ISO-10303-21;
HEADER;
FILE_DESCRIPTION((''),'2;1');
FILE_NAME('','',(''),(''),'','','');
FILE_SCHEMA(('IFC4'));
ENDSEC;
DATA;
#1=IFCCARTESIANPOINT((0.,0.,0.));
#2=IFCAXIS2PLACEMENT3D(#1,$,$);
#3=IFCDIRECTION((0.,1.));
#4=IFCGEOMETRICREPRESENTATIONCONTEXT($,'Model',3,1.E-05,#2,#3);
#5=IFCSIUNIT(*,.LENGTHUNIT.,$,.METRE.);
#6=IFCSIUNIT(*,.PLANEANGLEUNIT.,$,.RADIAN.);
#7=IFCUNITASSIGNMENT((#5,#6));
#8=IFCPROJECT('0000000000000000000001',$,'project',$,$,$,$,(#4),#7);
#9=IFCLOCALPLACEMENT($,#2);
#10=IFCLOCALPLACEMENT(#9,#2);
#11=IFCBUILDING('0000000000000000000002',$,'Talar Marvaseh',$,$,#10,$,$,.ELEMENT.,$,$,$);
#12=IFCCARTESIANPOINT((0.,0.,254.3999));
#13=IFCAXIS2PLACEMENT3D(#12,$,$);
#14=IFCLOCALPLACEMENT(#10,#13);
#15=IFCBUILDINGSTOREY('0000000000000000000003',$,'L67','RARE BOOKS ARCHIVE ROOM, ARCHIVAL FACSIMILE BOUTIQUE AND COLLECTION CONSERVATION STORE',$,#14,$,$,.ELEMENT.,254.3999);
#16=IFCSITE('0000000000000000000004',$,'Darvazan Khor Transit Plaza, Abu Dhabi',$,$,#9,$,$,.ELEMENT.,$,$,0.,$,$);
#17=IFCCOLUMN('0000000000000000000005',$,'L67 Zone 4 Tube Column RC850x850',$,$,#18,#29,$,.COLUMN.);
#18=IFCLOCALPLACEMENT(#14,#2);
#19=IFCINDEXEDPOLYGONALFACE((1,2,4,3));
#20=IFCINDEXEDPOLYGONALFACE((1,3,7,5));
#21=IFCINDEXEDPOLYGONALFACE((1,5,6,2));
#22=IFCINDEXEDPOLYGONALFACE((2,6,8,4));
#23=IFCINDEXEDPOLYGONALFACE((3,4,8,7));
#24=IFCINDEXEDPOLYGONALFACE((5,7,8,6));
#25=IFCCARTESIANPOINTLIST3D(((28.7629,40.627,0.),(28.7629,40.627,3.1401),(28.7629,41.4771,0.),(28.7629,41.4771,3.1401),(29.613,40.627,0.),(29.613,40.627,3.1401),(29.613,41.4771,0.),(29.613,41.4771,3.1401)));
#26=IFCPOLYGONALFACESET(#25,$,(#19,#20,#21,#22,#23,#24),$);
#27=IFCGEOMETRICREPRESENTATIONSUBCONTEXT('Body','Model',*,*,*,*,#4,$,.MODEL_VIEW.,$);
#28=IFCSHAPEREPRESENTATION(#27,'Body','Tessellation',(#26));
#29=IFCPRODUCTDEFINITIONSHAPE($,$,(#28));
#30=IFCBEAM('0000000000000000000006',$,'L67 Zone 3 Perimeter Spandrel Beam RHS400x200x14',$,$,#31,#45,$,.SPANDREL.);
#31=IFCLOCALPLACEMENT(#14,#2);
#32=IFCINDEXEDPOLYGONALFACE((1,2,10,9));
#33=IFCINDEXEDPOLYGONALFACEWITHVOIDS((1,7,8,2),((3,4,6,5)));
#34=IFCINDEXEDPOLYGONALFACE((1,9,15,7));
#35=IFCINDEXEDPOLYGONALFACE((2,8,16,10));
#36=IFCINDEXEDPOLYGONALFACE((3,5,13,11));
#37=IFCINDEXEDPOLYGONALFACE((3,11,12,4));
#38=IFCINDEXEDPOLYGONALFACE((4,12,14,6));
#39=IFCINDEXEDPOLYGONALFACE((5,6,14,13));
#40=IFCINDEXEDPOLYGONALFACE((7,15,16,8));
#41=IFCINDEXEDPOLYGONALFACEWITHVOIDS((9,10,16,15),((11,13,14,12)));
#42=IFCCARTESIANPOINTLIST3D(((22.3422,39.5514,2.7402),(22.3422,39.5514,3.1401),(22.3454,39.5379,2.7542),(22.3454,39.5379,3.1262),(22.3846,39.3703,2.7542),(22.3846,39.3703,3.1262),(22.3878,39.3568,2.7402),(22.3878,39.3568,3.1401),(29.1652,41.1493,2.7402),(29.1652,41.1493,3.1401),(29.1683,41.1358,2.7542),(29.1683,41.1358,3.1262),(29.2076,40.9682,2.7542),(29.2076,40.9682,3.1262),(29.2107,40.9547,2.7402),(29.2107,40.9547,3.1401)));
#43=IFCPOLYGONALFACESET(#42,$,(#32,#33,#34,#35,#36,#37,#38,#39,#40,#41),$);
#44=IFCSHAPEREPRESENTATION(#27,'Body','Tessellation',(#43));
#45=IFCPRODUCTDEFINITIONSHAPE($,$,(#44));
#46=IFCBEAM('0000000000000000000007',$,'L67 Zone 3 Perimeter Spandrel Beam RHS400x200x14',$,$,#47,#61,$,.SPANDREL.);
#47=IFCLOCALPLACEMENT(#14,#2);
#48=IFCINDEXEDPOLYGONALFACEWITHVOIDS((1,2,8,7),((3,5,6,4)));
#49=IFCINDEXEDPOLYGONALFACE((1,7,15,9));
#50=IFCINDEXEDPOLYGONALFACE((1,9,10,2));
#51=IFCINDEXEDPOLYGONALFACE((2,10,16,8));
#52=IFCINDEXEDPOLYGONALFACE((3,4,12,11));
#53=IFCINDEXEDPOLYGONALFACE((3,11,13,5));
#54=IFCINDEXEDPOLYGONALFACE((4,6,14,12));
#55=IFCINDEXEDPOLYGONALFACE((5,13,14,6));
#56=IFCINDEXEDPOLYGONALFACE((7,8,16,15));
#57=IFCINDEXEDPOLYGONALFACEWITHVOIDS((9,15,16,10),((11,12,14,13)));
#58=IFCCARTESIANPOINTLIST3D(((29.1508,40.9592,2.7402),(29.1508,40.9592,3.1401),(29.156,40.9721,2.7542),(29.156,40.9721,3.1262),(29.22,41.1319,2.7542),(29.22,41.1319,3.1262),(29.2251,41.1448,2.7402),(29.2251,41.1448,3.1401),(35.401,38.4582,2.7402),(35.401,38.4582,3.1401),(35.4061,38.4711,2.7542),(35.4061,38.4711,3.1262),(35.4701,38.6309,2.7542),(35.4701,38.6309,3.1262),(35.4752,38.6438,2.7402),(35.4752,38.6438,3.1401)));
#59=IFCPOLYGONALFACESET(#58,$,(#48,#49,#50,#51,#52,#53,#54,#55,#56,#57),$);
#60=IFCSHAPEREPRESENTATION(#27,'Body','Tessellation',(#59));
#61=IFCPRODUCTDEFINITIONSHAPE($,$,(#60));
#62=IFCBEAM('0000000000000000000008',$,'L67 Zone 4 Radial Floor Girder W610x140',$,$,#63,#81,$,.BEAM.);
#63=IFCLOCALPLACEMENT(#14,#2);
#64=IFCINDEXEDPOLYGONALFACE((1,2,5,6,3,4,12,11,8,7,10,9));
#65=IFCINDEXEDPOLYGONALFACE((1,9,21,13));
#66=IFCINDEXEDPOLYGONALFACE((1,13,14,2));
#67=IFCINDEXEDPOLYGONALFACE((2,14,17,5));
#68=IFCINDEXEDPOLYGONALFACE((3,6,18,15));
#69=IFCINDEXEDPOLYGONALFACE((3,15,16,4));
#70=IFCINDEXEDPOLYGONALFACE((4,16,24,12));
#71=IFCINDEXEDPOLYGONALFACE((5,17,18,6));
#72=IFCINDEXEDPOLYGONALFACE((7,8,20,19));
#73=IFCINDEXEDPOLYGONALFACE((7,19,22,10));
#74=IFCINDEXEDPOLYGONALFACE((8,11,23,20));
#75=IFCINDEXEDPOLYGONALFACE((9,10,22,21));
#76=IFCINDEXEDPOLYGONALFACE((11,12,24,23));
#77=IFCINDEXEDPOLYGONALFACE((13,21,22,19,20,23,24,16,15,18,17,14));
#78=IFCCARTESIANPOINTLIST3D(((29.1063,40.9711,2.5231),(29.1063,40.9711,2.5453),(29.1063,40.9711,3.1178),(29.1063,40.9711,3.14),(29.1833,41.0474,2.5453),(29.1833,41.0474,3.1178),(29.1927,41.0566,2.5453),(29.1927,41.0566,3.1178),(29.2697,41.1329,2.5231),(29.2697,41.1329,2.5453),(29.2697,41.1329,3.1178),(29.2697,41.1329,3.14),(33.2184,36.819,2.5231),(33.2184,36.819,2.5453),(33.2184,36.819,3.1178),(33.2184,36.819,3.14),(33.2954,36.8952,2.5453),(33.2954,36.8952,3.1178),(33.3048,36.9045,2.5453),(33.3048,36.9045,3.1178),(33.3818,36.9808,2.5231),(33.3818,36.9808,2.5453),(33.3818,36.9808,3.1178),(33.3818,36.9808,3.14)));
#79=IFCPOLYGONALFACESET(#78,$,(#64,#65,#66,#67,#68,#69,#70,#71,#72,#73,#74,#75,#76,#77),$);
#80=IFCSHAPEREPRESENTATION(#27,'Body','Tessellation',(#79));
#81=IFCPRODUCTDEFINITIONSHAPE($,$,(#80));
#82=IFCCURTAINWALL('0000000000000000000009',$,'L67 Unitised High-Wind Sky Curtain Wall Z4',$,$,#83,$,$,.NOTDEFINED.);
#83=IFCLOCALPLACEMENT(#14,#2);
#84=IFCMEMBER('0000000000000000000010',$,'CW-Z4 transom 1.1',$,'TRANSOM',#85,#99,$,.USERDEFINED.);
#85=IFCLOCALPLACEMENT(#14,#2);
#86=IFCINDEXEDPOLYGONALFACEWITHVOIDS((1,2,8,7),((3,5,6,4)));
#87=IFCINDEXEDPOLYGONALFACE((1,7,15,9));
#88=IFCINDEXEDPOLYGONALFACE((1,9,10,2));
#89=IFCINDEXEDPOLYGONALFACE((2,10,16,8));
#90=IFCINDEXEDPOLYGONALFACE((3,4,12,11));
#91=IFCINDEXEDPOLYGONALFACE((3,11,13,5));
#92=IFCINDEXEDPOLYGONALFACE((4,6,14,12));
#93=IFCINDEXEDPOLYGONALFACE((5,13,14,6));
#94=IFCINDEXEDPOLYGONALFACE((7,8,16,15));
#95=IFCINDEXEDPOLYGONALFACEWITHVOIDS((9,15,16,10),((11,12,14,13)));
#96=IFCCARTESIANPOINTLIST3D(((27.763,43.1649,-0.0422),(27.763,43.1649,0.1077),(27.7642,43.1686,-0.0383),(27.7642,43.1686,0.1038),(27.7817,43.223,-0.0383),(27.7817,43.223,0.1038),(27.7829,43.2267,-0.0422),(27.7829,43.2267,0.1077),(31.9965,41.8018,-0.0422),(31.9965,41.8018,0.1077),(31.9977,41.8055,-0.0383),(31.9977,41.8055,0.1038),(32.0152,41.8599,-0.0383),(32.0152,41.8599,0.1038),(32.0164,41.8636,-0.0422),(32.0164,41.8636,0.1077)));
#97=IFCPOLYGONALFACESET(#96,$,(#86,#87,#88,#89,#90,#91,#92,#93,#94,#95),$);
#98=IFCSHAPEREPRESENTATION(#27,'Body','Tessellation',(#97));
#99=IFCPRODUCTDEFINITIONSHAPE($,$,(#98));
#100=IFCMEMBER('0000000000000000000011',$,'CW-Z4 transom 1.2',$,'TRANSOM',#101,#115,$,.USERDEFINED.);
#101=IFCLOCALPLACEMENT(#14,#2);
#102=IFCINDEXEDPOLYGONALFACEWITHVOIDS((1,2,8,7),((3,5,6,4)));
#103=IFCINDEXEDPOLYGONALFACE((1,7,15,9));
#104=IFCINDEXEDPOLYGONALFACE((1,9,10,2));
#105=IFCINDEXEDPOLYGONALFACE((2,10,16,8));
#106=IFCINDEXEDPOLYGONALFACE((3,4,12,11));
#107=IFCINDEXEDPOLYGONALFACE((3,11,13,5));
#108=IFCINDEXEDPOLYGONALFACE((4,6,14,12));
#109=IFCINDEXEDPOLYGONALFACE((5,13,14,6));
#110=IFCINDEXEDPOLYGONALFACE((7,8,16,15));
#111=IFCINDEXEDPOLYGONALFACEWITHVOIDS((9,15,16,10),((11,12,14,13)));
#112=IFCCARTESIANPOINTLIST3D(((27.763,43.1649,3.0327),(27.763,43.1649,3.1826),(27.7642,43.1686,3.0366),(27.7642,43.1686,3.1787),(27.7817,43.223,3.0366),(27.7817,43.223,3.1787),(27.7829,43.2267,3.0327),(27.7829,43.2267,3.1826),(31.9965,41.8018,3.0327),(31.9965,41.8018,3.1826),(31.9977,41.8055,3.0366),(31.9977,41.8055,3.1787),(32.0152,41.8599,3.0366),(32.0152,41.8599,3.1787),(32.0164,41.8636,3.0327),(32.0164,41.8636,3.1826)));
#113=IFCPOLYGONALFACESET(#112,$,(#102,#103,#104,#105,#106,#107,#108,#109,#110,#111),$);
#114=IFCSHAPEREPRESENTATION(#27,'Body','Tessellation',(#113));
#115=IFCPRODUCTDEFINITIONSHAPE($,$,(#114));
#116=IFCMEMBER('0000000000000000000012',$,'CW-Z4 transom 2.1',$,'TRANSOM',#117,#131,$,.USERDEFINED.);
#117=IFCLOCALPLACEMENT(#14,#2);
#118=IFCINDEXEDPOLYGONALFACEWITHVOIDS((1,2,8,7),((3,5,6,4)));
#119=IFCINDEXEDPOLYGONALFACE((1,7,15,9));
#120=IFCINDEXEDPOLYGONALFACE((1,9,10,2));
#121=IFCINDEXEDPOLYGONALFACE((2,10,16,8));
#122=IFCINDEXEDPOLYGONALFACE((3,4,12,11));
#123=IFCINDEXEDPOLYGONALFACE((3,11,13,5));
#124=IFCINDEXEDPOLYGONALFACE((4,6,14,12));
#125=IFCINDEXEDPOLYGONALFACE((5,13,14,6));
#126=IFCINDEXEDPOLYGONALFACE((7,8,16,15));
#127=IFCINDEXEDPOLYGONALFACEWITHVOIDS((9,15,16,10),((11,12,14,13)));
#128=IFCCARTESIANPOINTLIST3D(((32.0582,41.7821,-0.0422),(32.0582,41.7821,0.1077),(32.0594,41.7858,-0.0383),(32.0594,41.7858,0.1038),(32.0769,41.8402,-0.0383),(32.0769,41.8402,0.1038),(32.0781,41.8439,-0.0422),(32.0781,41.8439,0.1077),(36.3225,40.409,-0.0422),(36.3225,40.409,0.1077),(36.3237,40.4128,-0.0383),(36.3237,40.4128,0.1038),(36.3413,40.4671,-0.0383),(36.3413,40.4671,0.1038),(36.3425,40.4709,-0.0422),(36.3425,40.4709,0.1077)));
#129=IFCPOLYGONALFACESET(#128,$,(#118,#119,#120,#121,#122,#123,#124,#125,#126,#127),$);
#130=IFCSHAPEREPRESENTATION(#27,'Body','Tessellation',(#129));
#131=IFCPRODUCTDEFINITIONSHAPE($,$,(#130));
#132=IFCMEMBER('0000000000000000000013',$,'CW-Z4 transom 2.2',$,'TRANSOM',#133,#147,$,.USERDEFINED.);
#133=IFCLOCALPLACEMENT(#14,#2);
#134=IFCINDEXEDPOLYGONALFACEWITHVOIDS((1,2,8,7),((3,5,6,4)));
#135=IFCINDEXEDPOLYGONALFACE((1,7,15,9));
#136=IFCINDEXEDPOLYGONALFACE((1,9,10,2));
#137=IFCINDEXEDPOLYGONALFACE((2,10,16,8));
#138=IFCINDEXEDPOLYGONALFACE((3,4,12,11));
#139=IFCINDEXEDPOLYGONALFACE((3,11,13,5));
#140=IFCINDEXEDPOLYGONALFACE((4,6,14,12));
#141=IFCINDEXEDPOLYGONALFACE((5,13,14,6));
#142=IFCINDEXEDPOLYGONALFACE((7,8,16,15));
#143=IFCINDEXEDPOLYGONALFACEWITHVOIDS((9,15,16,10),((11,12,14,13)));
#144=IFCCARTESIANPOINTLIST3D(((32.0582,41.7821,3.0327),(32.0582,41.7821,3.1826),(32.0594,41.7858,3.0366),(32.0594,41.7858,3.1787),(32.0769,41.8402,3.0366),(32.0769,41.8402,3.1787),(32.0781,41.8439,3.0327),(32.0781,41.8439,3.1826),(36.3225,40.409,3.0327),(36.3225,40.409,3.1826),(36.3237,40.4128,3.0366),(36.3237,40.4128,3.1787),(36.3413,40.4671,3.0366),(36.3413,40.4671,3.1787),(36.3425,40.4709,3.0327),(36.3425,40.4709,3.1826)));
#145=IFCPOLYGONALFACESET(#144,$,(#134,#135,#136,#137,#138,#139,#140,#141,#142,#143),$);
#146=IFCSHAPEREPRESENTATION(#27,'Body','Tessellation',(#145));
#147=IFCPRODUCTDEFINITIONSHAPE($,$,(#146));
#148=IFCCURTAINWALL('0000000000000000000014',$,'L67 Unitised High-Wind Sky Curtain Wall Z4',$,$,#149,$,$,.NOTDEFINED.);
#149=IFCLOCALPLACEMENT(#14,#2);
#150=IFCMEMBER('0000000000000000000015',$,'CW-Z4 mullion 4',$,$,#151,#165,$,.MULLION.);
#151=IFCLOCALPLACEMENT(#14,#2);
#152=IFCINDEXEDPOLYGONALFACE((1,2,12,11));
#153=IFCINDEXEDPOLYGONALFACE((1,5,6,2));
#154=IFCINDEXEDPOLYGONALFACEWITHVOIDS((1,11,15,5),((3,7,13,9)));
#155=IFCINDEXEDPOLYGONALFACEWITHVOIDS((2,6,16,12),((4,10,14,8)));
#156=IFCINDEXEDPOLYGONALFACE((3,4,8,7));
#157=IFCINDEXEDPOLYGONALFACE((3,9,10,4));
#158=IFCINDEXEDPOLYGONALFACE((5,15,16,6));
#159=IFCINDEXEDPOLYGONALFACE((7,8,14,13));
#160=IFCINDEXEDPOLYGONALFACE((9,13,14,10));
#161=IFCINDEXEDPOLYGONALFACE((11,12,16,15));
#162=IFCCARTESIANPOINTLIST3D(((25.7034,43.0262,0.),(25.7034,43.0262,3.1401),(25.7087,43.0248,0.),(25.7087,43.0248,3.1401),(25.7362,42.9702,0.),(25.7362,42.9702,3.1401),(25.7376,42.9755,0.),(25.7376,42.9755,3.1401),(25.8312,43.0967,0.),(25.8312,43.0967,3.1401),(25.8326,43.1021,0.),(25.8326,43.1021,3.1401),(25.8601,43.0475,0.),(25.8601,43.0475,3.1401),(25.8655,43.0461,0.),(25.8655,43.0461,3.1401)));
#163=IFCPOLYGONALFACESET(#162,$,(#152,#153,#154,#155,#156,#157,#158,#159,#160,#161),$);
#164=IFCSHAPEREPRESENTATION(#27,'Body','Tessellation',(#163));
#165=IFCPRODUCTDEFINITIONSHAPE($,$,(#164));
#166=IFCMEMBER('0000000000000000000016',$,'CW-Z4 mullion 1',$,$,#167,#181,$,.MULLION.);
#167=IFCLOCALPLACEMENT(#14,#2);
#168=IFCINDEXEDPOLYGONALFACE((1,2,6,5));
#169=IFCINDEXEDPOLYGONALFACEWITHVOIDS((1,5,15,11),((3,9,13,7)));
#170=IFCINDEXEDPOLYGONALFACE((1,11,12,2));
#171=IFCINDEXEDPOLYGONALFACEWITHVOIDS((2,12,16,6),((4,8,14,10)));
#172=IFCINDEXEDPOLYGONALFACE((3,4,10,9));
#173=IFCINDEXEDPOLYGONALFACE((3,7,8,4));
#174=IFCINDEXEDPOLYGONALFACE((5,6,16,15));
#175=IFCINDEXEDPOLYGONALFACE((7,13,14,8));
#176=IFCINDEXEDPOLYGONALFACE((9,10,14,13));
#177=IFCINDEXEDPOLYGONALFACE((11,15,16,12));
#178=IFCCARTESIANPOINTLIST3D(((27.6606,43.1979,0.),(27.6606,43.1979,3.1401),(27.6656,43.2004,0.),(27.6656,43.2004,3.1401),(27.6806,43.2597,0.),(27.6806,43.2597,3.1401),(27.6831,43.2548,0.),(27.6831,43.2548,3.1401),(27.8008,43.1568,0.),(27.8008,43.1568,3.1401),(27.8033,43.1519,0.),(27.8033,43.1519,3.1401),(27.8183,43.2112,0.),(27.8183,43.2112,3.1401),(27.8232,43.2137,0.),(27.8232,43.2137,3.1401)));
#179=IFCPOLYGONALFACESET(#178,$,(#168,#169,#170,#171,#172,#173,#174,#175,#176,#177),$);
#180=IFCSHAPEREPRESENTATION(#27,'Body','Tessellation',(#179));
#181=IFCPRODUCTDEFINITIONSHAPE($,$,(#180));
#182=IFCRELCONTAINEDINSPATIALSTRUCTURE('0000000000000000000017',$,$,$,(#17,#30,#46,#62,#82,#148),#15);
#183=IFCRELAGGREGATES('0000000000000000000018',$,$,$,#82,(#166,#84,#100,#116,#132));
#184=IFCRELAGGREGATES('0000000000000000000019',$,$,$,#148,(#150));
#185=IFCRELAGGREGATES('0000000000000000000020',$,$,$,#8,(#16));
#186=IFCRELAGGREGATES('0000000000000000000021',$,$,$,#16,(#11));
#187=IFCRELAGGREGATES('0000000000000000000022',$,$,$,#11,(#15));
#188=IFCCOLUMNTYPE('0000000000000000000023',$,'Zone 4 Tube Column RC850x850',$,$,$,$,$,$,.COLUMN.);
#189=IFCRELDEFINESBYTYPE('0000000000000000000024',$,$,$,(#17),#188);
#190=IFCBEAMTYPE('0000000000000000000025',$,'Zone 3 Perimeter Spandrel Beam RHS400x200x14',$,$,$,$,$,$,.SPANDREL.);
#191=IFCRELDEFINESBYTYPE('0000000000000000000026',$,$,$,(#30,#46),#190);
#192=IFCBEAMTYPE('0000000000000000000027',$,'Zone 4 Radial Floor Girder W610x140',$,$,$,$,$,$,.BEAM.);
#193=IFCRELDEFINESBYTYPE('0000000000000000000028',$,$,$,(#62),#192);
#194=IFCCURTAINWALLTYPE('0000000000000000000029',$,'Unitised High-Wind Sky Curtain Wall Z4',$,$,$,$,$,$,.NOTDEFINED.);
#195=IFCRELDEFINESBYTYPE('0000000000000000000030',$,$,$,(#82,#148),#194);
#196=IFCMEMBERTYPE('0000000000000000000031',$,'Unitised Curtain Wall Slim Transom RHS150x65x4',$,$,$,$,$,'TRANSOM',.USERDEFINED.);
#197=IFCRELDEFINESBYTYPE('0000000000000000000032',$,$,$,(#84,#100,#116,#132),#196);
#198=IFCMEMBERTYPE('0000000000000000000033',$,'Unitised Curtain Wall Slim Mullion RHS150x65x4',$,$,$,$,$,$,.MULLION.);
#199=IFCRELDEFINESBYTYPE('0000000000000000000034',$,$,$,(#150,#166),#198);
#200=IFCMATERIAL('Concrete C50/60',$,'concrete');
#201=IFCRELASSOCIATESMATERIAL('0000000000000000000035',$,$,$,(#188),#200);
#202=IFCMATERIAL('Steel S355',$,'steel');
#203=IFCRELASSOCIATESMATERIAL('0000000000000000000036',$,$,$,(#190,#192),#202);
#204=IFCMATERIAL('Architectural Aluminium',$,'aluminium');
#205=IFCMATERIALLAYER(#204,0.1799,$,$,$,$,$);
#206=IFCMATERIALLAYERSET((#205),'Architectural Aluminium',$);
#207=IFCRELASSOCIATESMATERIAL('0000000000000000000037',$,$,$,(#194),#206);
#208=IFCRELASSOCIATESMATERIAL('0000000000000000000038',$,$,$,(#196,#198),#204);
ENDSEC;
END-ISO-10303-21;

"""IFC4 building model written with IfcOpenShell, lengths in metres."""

from ifc_helpers import new_model, si_unit, direction, frame, origin, origin_2d, place, context, subcontext, project, spatial, rectangle, hollow_rectangle, i_section, extrude, source, transform, mapped, material, layer, layer_set, material_profile, profile_set, type_object, type_shapes, element, aggregate, save


model = new_model("IFC4")

# Units and contexts
model_context = context("Model", 3, precision=1e-05, world=origin(), true_north=direction((0.0, 1.0)))
body_context = subcontext(model_context, "Body", "Model", "MODEL_VIEW")
ifc_project = project(units=[si_unit("LENGTHUNIT", "METRE"), si_unit("PLANEANGLEUNIT", "RADIAN")], contexts=[model_context])

# Site, building, storey
site_placement = place(None, origin())
site = spatial("IfcSite", under=ifc_project, at=site_placement, Name="Darvazan Khor Transit Plaza, Abu Dhabi", CompositionType="ELEMENT", RefElevation=0.0)
building_placement = place(site_placement, origin())
building = spatial("IfcBuilding", under=site, at=building_placement, Name="Talar Marvaseh", CompositionType="ELEMENT")
storey_placement = place(building_placement, frame((0.0, 0.0, 254.3999)))
storey = spatial("IfcBuildingStorey", under=building, at=storey_placement, Name="L67", Description="RARE BOOKS ARCHIVE ROOM, ARCHIVAL FACSIMILE BOUTIQUE AND COLLECTION CONSERVATION STORE", CompositionType="ELEMENT", Elevation=254.3999)

# Column
ifc_material_1 = material(Name="Concrete C50/60", Category="concrete")
ifc_material_profile_1 = material_profile(ifc_material_1, rectangle(XDim=0.8501, YDim=0.8501, at=origin_2d()), Name="RC850x850")
ifc_profile_set_1 = profile_set([ifc_material_profile_1], Name="Concrete C50/60")
column_type = type_object("IfcColumnType", Name="Zone 4 Tube Column RC850x850", PredefinedType="COLUMN", material=ifc_profile_set_1)
column_placement = place(storey_placement, frame((29.188, 41.052, 0.0), z_axis=(0.0, 0.0, 1.0), x_axis=(1.0, 0.0, 0.0)))
element("IfcColumn", 1, at=column_placement, inside=storey, type_object=column_type, Name="L67 Zone 4 Tube Column RC850x850", PredefinedType="COLUMN", context=body_context, shape_type="SweptSolid", body=[
    extrude(rectangle(XDim=0.8501, YDim=0.8501, at=origin_2d()), origin(), (0.0, 0.0, 1.0), 3.1401),
])

# Beams
ifc_material_2 = material(Name="Steel S355", Category="steel")
ifc_material_profile_2 = material_profile(ifc_material_2, hollow_rectangle(XDim=0.2, YDim=0.3999, WallThickness=0.0139, at=origin_2d()), Name="RHS400x200x14")
ifc_profile_set_2 = profile_set([ifc_material_profile_2], Name="Steel S355")
beam_type_1 = type_object("IfcBeamType", Name="Zone 3 Perimeter Spandrel Beam RHS400x200x14", PredefinedType="SPANDREL", material=ifc_profile_set_2)
beam_1_placement = place(storey_placement, frame((22.365, 39.4541, 2.9402), z_axis=(0.973656, 0.228024, 0.0), x_axis=(-0.228024, 0.973656, 0.0)))
element("IfcBeam", 2, at=beam_1_placement, inside=storey, type_object=beam_type_1, Name="L67 Zone 3 Perimeter Spandrel Beam RHS400x200x14", PredefinedType="SPANDREL", context=body_context, shape_type="SweptSolid", body=[
    extrude(hollow_rectangle(XDim=0.2, YDim=0.3999, WallThickness=0.0139, at=origin_2d()), origin(), (0.0, 0.0, 1.0), 7.0076),
])
beam_2_placement = place(storey_placement, frame((29.188, 41.052, 2.9402), z_axis=(0.928427, -0.371516, 0.0), x_axis=(0.371516, 0.928427, 0.0)))
element("IfcBeam", 3, at=beam_2_placement, inside=storey, type_object=beam_type_1, Name="L67 Zone 3 Perimeter Spandrel Beam RHS400x200x14", PredefinedType="SPANDREL", context=body_context, shape_type="SweptSolid", body=[
    extrude(hollow_rectangle(XDim=0.2, YDim=0.3999, WallThickness=0.0139, at=origin_2d()), origin(), (0.0, 0.0, 1.0), 6.7319),
])
ifc_material_profile_3 = material_profile(ifc_material_2, i_section(OverallWidth=0.23, OverallDepth=0.6169, WebThickness=0.0132, FlangeThickness=0.0222, at=origin_2d()), Name="W610x140")
ifc_profile_set_3 = profile_set([ifc_material_profile_3], Name="Steel S355")
beam_type_2 = type_object("IfcBeamType", Name="Zone 4 Radial Floor Girder W610x140", PredefinedType="BEAM", material=ifc_profile_set_3)
beam_3_placement = place(storey_placement, frame((29.188, 41.052, 2.8315), z_axis=(0.703673, -0.710524, 0.0), x_axis=(0.710524, 0.703673, 0.0)))
element("IfcBeam", 4, at=beam_3_placement, inside=storey, type_object=beam_type_2, Name="L67 Zone 4 Radial Floor Girder W610x140", PredefinedType="BEAM", context=body_context, shape_type="SweptSolid", body=[
    extrude(i_section(OverallWidth=0.23, OverallDepth=0.6169, WebThickness=0.0132, FlangeThickness=0.0222, at=origin_2d()), origin(), (0.0, 0.0, 1.0), 5.8438),
])

# Curtain wall, members
ifc_material_3 = material(Name="Architectural Aluminium", Category="aluminium")
ifc_layer_1 = layer(ifc_material_3, 0.1799)
ifc_layer_set_1 = layer_set([ifc_layer_1], Name="Architectural Aluminium")
curtain_wall_type = type_object("IfcCurtainWallType", Name="Unitised High-Wind Sky Curtain Wall Z4", PredefinedType="NOTDEFINED", material=ifc_layer_set_1)
curtain_wall_1_placement = place(storey_placement, origin())
curtain_wall_1 = element("IfcCurtainWall", 5, at=curtain_wall_1_placement, inside=storey, type_object=curtain_wall_type, Name="L67 Unitised High-Wind Sky Curtain Wall Z4", PredefinedType="NOTDEFINED")
ifc_material_profile_4 = material_profile(ifc_material_3, hollow_rectangle(XDim=0.0649, YDim=0.1499, WallThickness=0.0039, at=origin_2d()), Name="RHS150x65x4")
ifc_profile_set_4 = profile_set([ifc_material_profile_4], Name="Architectural Aluminium")
member_type_1 = type_object("IfcMemberType", Name="Unitised Curtain Wall Slim Transom RHS150x65x4", ElementType="TRANSOM", PredefinedType="USERDEFINED", material=ifc_profile_set_4)
shared_shape_1 = source(origin(), body_context, "Body", "SweptSolid", [
    extrude(hollow_rectangle(XDim=0.0649, YDim=0.1499, WallThickness=0.0039, at=origin_2d()), origin(), (0.0, 0.0, 1.0), 4.4475),
])
member_1_placement = place(storey_placement, frame((27.7729, 43.1958, 0.0327), z_axis=(0.951878, -0.306478, 0.0), x_axis=(0.306478, 0.951878, 0.0)))
member_1 = element("IfcMember", 6, at=member_1_placement, type_object=member_type_1, Name="CW-Z4 transom 1.1", ObjectType="TRANSOM", PredefinedType="USERDEFINED", context=body_context, shape_type="MappedRepresentation", body=[
    mapped(shared_shape_1, transform((0.0, 0.0, 0.0), x_axis=(1.0, 0.0, 0.0), y_axis=(0.0, 1.0, 0.0), z_axis=(0.0, 0.0, 1.0), scale=1.0)),
])
member_2_placement = place(storey_placement, frame((27.7729, 43.1958, 3.1077), z_axis=(0.951878, -0.306478, 0.0), x_axis=(0.306478, 0.951878, 0.0)))
member_2 = element("IfcMember", 7, at=member_2_placement, type_object=member_type_1, Name="CW-Z4 transom 1.2", ObjectType="TRANSOM", PredefinedType="USERDEFINED", context=body_context, shape_type="MappedRepresentation", body=[
    mapped(shared_shape_1, transform((0.0, 0.0, 0.0), x_axis=(1.0, 0.0, 0.0), y_axis=(0.0, 1.0, 0.0), z_axis=(0.0, 0.0, 1.0), scale=1.0)),
])
shared_shape_2 = source(origin(), body_context, "Body", "SweptSolid", [
    extrude(hollow_rectangle(XDim=0.0649, YDim=0.1499, WallThickness=0.0039, at=origin_2d()), origin(), (0.0, 0.0, 1.0), 4.48),
])
type_shapes(member_type_1, [shared_shape_1, shared_shape_2])
member_3_placement = place(storey_placement, frame((32.0681, 41.813, 0.0327), z_axis=(0.951876, -0.306484, 0.0), x_axis=(0.306484, 0.951876, 0.0)))
member_3 = element("IfcMember", 8, at=member_3_placement, type_object=member_type_1, Name="CW-Z4 transom 2.1", ObjectType="TRANSOM", PredefinedType="USERDEFINED", context=body_context, shape_type="MappedRepresentation", body=[
    mapped(shared_shape_2, transform((0.0, 0.0, 0.0), x_axis=(1.0, 0.0, 0.0), y_axis=(0.0, 1.0, 0.0), z_axis=(0.0, 0.0, 1.0), scale=1.0)),
])
member_4_placement = place(storey_placement, frame((32.0681, 41.813, 3.1077), z_axis=(0.951876, -0.306484, 0.0), x_axis=(0.306484, 0.951876, 0.0)))
member_4 = element("IfcMember", 9, at=member_4_placement, type_object=member_type_1, Name="CW-Z4 transom 2.2", ObjectType="TRANSOM", PredefinedType="USERDEFINED", context=body_context, shape_type="MappedRepresentation", body=[
    mapped(shared_shape_2, transform((0.0, 0.0, 0.0), x_axis=(1.0, 0.0, 0.0), y_axis=(0.0, 1.0, 0.0), z_axis=(0.0, 0.0, 1.0), scale=1.0)),
])

# Curtain wall, member
curtain_wall_2_placement = place(storey_placement, origin())
curtain_wall_2 = element("IfcCurtainWall", 10, at=curtain_wall_2_placement, inside=storey, type_object=curtain_wall_type, Name="L67 Unitised High-Wind Sky Curtain Wall Z4", PredefinedType="NOTDEFINED")
ifc_material_profile_5 = material_profile(ifc_material_3, hollow_rectangle(XDim=0.0649, YDim=0.1499, WallThickness=0.0039, at=origin_2d()), Name="RHS150x65x4")
ifc_profile_set_5 = profile_set([ifc_material_profile_5], Name="Architectural Aluminium")
member_type_2 = type_object("IfcMemberType", Name="Unitised Curtain Wall Slim Mullion RHS150x65x4", PredefinedType="MULLION", material=ifc_profile_set_5)
shared_shape_3 = source(origin(), body_context, "Body", "SweptSolid", [
    extrude(hollow_rectangle(XDim=0.0649, YDim=0.1499, WallThickness=0.0039, at=origin_2d()), origin(), (0.0, 0.0, 1.0), 3.1401),
])
type_shapes(member_type_2, [shared_shape_3])
member_5_placement = place(storey_placement, frame((25.7844, 43.0361, 0.0), z_axis=(0.0, 0.0, 1.0), x_axis=(-0.506517, 0.86223, 0.0)))
member_5 = element("IfcMember", 11, at=member_5_placement, type_object=member_type_2, Name="CW-Z4 mullion 4", PredefinedType="MULLION", context=body_context, shape_type="MappedRepresentation", body=[
    mapped(shared_shape_3, transform((0.0, 0.0, 0.0), x_axis=(1.0, 0.0, 0.0), y_axis=(0.0, 1.0, 0.0), z_axis=(0.0, 0.0, 1.0), scale=1.0)),
])

# Member
member_6_placement = place(storey_placement, frame((27.7419, 43.2058, 0.0), z_axis=(0.0, 0.0, 1.0), x_axis=(0.306468, 0.951881, 0.0)))
member_6 = element("IfcMember", 12, at=member_6_placement, type_object=member_type_2, Name="CW-Z4 mullion 1", PredefinedType="MULLION", context=body_context, shape_type="MappedRepresentation", body=[
    mapped(shared_shape_3, transform((0.0, 0.0, 0.0), x_axis=(1.0, 0.0, 0.0), y_axis=(0.0, 1.0, 0.0), z_axis=(0.0, 0.0, 1.0), scale=1.0)),
])

aggregate(curtain_wall_1, [member_6, member_1, member_2, member_3, member_4])
aggregate(curtain_wall_2, [member_5])

save(model, "model.ifc")
